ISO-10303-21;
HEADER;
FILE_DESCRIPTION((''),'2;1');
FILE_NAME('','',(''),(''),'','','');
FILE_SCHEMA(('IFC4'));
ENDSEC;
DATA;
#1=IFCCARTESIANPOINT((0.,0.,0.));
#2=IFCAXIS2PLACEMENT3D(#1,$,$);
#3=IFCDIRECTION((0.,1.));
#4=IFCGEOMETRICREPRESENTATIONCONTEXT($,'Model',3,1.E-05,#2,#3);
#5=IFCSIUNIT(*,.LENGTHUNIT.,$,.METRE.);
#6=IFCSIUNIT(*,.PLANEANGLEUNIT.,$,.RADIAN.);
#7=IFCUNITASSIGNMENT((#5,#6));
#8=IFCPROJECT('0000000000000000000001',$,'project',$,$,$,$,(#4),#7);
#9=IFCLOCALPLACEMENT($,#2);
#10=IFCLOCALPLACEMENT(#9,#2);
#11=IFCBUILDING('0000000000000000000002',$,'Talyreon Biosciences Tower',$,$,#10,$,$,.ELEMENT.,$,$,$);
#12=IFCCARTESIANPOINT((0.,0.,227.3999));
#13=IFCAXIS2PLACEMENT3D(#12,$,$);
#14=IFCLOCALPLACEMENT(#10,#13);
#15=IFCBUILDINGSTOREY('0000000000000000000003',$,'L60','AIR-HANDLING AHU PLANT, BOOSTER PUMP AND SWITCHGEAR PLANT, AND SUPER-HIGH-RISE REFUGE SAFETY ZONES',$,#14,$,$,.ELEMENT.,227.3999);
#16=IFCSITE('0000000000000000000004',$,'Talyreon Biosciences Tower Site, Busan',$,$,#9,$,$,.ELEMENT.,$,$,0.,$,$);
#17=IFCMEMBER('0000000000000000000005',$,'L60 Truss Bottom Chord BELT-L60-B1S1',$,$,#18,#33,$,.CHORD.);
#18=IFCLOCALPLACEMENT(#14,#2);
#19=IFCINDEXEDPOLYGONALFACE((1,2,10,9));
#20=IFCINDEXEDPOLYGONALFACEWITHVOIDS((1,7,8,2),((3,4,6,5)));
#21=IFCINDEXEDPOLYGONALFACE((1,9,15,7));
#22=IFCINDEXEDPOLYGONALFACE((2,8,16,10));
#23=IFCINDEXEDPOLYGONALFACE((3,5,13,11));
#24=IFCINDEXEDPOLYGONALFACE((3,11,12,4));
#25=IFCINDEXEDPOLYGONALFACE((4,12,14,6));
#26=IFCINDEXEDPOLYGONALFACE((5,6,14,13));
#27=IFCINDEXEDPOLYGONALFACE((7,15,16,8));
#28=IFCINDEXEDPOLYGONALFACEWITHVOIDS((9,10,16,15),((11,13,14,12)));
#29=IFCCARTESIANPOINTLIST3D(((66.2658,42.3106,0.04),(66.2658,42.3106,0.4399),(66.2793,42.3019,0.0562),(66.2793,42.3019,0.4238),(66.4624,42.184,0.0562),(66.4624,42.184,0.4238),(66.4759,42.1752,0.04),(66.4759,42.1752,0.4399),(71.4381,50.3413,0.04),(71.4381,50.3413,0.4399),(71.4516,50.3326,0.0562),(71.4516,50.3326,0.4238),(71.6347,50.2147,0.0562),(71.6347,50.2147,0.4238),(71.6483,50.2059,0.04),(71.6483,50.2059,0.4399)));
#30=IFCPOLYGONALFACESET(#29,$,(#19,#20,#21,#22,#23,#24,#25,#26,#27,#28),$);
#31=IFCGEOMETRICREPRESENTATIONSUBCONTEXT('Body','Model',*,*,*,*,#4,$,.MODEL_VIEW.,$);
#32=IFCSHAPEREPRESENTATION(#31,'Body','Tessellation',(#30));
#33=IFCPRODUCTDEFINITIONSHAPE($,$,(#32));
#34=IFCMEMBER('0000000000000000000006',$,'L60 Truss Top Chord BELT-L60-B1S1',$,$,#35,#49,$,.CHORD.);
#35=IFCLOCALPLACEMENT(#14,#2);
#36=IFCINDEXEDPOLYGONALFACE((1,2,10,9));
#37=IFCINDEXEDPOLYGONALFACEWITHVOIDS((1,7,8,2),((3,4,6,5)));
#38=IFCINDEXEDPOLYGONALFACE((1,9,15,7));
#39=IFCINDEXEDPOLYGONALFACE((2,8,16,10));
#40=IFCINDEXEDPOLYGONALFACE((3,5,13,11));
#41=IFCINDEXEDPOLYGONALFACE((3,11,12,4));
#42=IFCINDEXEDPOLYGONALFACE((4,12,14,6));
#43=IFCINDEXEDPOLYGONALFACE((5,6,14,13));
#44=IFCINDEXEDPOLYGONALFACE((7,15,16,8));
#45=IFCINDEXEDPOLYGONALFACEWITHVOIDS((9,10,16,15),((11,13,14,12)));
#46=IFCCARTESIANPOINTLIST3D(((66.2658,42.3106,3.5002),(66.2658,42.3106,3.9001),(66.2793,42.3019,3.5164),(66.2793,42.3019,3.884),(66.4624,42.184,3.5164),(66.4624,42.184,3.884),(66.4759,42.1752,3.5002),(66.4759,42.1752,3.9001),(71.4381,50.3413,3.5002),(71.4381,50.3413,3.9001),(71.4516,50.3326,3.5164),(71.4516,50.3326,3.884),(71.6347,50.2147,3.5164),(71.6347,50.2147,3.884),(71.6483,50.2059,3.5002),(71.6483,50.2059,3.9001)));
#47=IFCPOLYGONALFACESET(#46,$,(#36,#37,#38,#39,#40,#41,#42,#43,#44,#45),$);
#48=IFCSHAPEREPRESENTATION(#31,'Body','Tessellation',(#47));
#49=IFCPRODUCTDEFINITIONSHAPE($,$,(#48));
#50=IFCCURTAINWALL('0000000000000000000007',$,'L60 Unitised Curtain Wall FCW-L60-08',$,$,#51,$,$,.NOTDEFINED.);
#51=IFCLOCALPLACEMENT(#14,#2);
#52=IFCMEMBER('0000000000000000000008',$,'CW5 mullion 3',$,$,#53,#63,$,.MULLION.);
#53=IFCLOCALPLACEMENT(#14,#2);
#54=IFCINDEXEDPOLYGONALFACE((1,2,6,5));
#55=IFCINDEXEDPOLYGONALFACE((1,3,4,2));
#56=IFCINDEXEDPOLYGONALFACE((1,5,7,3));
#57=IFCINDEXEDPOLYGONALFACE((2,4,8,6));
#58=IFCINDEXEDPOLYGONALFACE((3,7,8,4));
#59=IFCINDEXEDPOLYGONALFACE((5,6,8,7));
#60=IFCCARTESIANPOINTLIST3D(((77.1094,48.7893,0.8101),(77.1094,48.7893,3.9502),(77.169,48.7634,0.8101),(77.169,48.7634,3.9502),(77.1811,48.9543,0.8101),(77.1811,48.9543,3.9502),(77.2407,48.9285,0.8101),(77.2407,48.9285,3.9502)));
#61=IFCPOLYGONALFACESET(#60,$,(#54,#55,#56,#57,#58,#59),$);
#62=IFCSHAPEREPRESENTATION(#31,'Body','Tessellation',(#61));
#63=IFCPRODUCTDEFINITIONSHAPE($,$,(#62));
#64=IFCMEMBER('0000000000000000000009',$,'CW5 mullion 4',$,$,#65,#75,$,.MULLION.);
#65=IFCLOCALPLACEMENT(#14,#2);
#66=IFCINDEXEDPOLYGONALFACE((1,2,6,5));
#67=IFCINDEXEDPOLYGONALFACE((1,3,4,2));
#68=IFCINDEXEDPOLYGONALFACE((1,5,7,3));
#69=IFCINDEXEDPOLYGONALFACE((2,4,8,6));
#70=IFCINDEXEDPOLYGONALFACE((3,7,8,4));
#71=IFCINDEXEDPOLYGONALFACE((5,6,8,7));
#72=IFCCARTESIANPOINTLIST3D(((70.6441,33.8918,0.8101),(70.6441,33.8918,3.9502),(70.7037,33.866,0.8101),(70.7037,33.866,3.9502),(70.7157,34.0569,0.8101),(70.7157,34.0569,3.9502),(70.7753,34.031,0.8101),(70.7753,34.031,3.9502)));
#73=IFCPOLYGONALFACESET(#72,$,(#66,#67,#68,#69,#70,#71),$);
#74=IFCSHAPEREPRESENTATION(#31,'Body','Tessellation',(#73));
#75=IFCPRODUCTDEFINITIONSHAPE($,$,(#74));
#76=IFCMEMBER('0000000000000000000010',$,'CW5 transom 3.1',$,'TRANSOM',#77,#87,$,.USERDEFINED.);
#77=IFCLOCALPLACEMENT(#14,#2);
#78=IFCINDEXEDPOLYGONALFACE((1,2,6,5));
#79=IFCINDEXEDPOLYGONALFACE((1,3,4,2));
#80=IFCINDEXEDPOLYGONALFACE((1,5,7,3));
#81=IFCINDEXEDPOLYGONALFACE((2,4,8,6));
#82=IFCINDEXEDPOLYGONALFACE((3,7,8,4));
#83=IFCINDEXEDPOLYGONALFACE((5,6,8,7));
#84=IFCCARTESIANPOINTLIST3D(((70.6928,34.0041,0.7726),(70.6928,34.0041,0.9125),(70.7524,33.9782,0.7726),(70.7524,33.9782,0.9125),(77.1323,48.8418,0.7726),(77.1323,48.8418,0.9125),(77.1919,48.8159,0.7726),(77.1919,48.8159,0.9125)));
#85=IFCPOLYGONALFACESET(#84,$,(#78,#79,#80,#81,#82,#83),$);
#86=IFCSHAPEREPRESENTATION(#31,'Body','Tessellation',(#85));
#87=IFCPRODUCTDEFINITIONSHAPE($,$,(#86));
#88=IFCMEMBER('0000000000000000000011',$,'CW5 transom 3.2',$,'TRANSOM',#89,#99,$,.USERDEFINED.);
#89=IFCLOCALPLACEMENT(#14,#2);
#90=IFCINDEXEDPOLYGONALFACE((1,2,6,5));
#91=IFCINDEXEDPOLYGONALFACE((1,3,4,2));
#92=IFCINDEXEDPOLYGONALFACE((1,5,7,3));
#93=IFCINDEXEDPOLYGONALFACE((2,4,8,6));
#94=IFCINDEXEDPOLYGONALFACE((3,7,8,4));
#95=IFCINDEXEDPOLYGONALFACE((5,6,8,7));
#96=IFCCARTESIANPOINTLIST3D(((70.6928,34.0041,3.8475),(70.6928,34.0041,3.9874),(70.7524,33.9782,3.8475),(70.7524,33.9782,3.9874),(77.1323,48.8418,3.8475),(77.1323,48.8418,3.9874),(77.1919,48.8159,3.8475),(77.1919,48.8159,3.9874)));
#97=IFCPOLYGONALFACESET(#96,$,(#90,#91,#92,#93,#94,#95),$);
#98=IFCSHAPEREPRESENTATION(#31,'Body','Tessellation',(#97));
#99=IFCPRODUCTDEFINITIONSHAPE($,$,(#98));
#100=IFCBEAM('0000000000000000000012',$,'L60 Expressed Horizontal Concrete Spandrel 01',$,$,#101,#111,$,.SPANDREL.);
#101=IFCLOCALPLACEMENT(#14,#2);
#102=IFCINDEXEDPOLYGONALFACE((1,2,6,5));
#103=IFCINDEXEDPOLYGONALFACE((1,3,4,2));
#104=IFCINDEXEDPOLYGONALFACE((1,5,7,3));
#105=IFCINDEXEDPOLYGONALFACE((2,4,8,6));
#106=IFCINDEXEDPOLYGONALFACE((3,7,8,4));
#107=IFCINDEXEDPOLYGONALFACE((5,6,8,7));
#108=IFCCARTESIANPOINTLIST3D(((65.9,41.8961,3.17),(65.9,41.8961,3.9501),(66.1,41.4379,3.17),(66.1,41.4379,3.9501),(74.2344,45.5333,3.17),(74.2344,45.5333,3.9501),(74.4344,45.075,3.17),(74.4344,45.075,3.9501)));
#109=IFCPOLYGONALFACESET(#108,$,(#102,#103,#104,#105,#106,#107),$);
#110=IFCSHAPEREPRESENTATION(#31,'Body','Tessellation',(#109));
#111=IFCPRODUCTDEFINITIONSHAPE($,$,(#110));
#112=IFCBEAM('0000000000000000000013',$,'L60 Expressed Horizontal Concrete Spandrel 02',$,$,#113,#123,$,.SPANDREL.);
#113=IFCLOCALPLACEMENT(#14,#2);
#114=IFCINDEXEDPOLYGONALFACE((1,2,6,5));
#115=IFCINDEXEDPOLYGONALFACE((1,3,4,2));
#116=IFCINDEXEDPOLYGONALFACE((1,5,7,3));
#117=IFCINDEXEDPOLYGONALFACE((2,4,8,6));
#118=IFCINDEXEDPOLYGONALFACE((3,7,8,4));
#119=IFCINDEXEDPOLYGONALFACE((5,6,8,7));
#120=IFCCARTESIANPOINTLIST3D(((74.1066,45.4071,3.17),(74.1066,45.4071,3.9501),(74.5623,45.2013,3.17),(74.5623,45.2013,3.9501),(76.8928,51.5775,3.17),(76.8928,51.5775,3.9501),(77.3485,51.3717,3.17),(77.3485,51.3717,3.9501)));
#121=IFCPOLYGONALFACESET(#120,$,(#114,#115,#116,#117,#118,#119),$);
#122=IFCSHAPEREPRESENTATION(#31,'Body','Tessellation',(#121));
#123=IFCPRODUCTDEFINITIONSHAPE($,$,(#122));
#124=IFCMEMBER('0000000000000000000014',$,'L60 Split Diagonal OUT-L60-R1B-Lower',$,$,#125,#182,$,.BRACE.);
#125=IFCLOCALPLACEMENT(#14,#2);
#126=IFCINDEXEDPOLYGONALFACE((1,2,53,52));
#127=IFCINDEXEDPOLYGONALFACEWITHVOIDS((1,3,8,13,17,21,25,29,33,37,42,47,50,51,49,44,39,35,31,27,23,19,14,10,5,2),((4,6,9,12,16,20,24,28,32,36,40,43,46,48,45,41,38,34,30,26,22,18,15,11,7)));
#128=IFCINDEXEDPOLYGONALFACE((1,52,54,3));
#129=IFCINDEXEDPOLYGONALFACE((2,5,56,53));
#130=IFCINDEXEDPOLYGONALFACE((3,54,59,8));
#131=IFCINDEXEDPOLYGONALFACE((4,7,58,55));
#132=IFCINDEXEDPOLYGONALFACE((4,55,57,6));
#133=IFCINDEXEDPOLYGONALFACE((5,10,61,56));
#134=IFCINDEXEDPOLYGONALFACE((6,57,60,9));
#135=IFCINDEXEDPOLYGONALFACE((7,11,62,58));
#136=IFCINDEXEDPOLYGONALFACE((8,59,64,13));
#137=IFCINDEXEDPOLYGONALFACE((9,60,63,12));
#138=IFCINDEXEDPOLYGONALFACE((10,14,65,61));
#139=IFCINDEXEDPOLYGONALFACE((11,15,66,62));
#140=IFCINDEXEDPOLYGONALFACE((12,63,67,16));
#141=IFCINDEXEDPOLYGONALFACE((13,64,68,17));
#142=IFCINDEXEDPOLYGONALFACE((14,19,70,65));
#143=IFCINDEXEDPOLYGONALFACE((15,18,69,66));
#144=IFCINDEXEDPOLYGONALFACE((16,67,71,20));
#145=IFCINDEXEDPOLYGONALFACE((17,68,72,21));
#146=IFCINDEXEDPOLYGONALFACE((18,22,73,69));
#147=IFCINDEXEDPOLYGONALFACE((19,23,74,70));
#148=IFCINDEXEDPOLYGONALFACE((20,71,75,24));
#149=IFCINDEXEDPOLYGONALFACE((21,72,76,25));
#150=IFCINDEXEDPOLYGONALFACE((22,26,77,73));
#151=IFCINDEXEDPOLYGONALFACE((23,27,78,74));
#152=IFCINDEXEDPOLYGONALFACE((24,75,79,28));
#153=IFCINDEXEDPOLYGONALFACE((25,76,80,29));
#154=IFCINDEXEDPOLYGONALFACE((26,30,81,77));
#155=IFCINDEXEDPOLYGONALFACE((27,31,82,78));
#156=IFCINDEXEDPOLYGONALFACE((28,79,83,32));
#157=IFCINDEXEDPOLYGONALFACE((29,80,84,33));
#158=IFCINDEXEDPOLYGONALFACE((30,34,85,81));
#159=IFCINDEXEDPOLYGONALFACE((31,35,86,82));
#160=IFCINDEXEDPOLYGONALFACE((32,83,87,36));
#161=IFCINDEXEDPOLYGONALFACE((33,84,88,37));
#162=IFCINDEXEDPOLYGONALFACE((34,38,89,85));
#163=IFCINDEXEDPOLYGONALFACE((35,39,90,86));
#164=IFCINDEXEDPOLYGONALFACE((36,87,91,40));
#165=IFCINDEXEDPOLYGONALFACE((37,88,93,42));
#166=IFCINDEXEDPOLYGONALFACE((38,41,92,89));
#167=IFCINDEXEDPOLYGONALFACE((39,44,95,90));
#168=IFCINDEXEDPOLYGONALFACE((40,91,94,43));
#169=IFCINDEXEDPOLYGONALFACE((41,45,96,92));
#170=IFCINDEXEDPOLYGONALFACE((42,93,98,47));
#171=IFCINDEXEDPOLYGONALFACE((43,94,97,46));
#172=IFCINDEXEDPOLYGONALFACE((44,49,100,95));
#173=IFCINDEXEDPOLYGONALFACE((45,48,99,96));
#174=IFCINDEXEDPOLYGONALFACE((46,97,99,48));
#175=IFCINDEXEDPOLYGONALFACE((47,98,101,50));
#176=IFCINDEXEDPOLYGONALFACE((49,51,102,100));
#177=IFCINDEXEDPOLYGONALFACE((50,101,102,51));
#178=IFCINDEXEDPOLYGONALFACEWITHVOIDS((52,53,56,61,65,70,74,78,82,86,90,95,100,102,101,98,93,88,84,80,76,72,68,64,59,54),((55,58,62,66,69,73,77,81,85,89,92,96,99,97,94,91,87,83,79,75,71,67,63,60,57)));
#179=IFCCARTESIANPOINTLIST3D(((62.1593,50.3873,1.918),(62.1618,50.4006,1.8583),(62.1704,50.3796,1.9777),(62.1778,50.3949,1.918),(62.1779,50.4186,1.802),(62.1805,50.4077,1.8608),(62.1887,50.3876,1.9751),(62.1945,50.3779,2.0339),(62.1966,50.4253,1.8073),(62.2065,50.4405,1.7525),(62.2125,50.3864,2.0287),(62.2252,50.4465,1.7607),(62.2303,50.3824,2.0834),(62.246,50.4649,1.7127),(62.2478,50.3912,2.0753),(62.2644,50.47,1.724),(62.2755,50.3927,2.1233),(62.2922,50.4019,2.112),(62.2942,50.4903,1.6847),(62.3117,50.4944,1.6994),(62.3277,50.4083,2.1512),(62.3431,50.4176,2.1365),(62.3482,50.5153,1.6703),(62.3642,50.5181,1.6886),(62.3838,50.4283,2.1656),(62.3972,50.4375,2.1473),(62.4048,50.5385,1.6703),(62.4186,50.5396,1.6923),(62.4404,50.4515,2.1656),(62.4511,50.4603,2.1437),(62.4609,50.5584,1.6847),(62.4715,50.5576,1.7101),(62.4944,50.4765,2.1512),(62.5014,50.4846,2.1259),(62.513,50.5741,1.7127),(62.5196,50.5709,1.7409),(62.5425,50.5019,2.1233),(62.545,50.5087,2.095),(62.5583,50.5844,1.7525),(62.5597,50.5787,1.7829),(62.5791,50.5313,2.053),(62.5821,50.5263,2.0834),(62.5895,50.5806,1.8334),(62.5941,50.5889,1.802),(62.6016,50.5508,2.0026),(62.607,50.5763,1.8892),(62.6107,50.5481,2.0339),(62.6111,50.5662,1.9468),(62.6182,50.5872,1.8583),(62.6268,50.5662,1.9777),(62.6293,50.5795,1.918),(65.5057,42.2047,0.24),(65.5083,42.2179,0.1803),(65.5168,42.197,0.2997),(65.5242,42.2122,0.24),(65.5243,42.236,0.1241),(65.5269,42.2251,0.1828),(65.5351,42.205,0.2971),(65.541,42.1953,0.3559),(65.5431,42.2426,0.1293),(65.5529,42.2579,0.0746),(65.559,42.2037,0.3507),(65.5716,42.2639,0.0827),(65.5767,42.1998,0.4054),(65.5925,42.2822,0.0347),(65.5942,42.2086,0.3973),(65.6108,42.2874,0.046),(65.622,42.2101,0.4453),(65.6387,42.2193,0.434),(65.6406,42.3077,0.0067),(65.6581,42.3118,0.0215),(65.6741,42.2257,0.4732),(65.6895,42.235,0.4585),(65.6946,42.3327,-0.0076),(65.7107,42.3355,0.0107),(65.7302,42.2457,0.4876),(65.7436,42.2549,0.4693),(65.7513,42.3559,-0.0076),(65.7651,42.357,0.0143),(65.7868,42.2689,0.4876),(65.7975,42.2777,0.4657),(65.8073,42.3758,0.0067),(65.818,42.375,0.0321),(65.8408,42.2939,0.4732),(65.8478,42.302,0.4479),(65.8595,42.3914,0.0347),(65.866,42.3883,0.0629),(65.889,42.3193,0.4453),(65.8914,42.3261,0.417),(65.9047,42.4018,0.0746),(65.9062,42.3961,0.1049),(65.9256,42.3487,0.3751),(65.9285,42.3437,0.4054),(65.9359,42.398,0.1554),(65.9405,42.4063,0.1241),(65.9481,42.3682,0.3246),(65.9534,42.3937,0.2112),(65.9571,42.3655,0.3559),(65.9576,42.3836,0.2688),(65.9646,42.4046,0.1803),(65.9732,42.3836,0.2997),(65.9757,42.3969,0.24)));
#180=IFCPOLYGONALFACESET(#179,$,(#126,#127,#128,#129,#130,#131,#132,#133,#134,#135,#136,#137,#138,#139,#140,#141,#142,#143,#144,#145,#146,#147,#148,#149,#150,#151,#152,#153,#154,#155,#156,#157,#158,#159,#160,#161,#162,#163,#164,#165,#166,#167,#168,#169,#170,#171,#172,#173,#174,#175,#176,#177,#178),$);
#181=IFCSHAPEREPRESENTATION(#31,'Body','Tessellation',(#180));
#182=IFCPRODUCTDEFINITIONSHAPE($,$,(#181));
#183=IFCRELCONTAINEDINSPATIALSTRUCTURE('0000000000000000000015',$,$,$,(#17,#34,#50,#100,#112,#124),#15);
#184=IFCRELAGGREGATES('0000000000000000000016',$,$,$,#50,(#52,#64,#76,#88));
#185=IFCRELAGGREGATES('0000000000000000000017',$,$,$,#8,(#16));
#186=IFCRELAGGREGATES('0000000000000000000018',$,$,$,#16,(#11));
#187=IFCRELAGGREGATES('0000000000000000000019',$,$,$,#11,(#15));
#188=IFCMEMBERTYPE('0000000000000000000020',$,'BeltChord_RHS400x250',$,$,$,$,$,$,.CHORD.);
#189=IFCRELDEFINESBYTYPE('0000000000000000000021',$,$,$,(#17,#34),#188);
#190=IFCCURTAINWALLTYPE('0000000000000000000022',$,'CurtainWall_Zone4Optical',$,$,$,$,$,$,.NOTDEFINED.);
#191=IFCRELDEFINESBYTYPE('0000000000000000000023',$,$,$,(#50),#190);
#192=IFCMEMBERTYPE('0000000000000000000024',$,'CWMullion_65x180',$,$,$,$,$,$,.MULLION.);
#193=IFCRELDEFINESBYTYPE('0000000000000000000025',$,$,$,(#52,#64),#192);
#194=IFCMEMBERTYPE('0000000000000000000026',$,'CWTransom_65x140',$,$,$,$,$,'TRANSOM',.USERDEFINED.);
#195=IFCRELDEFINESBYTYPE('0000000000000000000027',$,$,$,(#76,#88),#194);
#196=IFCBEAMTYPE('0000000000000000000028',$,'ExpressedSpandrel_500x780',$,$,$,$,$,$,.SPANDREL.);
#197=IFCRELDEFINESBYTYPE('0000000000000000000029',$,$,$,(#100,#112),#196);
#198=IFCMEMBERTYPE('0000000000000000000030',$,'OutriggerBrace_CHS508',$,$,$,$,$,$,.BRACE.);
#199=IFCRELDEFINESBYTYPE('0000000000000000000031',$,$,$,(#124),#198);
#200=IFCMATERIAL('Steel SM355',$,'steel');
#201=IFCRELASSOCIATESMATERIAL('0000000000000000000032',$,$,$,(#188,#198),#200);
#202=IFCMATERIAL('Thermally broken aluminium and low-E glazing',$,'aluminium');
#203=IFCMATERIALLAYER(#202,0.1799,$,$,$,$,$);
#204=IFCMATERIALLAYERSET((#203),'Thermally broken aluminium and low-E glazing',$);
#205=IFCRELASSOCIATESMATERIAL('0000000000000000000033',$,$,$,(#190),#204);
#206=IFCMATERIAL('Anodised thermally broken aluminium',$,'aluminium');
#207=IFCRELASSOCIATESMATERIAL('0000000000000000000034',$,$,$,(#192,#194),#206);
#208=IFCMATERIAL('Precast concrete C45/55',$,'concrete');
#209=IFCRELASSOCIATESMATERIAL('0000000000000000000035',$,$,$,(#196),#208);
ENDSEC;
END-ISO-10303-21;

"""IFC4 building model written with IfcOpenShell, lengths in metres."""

from ifc_helpers import new_model, si_unit, direction, frame, origin, origin_2d, place, context, subcontext, project, spatial, rectangle, hollow_rectangle, hollow_circle, extrude, material, layer, layer_set, material_profile, profile_set, type_object, element, aggregate, save


model = new_model("IFC4")

# Units and contexts
model_context = context("Model", 3, precision=1e-05, world=origin(), true_north=direction((0.0, 1.0)))
body_context = subcontext(model_context, "Body", "Model", "MODEL_VIEW")
ifc_project = project(units=[si_unit("LENGTHUNIT", "METRE"), si_unit("PLANEANGLEUNIT", "RADIAN")], contexts=[model_context])

# Site, building, storey
site_placement = place(None, origin())
site = spatial("IfcSite", under=ifc_project, at=site_placement, Name="Talyreon Biosciences Tower Site, Busan", CompositionType="ELEMENT", RefElevation=0.0)
building_placement = place(site_placement, origin())
building = spatial("IfcBuilding", under=site, at=building_placement, Name="Talyreon Biosciences Tower", CompositionType="ELEMENT")
storey_placement = place(building_placement, frame((0.0, 0.0, 227.3999)))
storey = spatial("IfcBuildingStorey", under=building, at=storey_placement, Name="L60", Description="AIR-HANDLING AHU PLANT, BOOSTER PUMP AND SWITCHGEAR PLANT, AND SUPER-HIGH-RISE REFUGE SAFETY ZONES", CompositionType="ELEMENT", Elevation=227.3999)

# Members
ifc_material_1 = material(Name="Steel SM355", Category="steel")
ifc_material_profile_1 = material_profile(ifc_material_1, hollow_rectangle(XDim=0.25, YDim=0.3999, WallThickness=0.0161, at=origin_2d()), Name="RHS 400x250x16")
ifc_profile_set_1 = profile_set([ifc_material_profile_1], Name="Steel SM355")
member_type_1 = type_object("IfcMemberType", Name="BeltChord_RHS400x250", PredefinedType="CHORD", material=ifc_profile_set_1)
for number, where, z_axis, x_axis, name in (
    (1, (66.3708, 42.2429, 0.24), (0.541478, 0.840715, 0.0), (-0.840715, 0.541478, 0.0), "L60 Truss Bottom Chord BELT-L60-B1S1"),
    (2, (66.3708, 42.2429, 3.7002), (0.541478, 0.840715, 0.0), (-0.840715, 0.541478, 0.0), "L60 Truss Top Chord BELT-L60-B1S1"),
):
    element("IfcMember", number, at=place(storey_placement, frame(where, z_axis=z_axis, x_axis=x_axis)), inside=storey, type_object=member_type_1, Name=name, PredefinedType="CHORD", context=body_context, shape_type="SweptSolid", body=[
        extrude(hollow_rectangle(XDim=0.25, YDim=0.3999, WallThickness=0.0161, at=origin_2d()), origin(), (0.0, 0.0, 1.0), 9.5522),
    ])

# Curtain wall, members
ifc_material_2 = material(Name="Thermally broken aluminium and low-E glazing", Category="aluminium")
ifc_layer_1 = layer(ifc_material_2, 0.1799)
ifc_layer_set_1 = layer_set([ifc_layer_1], Name="Thermally broken aluminium and low-E glazing")
curtain_wall_type = type_object("IfcCurtainWallType", Name="CurtainWall_Zone4Optical", PredefinedType="NOTDEFINED", material=ifc_layer_set_1)
curtain_wall_placement = place(storey_placement, origin())
curtain_wall = element("IfcCurtainWall", 3, at=curtain_wall_placement, inside=storey, type_object=curtain_wall_type, Name="L60 Unitised Curtain Wall FCW-L60-08", PredefinedType="NOTDEFINED")
ifc_material_3 = material(Name="Anodised thermally broken aluminium", Category="aluminium")
ifc_material_profile_2 = material_profile(ifc_material_3, rectangle(XDim=0.0649, YDim=0.1799, at=origin_2d()), Name="ALUM MULLION 65x180")
ifc_profile_set_2 = profile_set([ifc_material_profile_2], Name="Anodised thermally broken aluminium")
member_type_2 = type_object("IfcMemberType", Name="CWMullion_65x180", PredefinedType="MULLION", material=ifc_profile_set_2)
member_1_placement = place(storey_placement, frame((77.175, 48.8589, 0.8101), z_axis=(0.0, 0.0, 1.0), x_axis=(0.917337, -0.398112, 0.0)))
member_1 = element("IfcMember", 4, at=member_1_placement, type_object=member_type_2, Name="CW5 mullion 3", PredefinedType="MULLION", context=body_context, shape_type="SweptSolid", body=[
    extrude(rectangle(XDim=0.0649, YDim=0.1799, at=origin_2d()), origin(), (0.0, 0.0, 1.0), 3.1401),
])
member_2_placement = place(storey_placement, frame((70.7097, 33.9614, 0.8101), z_axis=(0.0, 0.0, 1.0), x_axis=(0.917337, -0.398112, 0.0)))
member_2 = element("IfcMember", 5, at=member_2_placement, type_object=member_type_2, Name="CW5 mullion 4", PredefinedType="MULLION", context=body_context, shape_type="SweptSolid", body=[
    extrude(rectangle(XDim=0.0649, YDim=0.1799, at=origin_2d()), origin(), (0.0, 0.0, 1.0), 3.1401),
])
ifc_material_profile_3 = material_profile(ifc_material_3, rectangle(XDim=0.0649, YDim=0.1399, at=origin_2d()), Name="ALUM TRANSOM 65x140")
ifc_profile_set_3 = profile_set([ifc_material_profile_3], Name="Anodised thermally broken aluminium")
member_type_3 = type_object("IfcMemberType", Name="CWTransom_65x140", ElementType="TRANSOM", PredefinedType="USERDEFINED", material=ifc_profile_set_3)
member_3_placement = place(storey_placement, frame((77.1621, 48.8289, 0.8425), z_axis=(-0.398118, -0.917334, 0.0), x_axis=(0.917334, -0.398118, 0.0)))
member_3 = element("IfcMember", 6, at=member_3_placement, type_object=member_type_3, Name="CW5 transom 3.1", ObjectType="TRANSOM", PredefinedType="USERDEFINED", context=body_context, shape_type="SweptSolid", body=[
    extrude(rectangle(XDim=0.0649, YDim=0.1399, at=origin_2d()), origin(), (0.0, 0.0, 1.0), 16.1748),
])
member_4_placement = place(storey_placement, frame((77.1621, 48.8289, 3.9175), z_axis=(-0.398118, -0.917334, 0.0), x_axis=(0.917334, -0.398118, 0.0)))
member_4 = element("IfcMember", 7, at=member_4_placement, type_object=member_type_3, Name="CW5 transom 3.2", ObjectType="TRANSOM", PredefinedType="USERDEFINED", context=body_context, shape_type="SweptSolid", body=[
    extrude(rectangle(XDim=0.0649, YDim=0.1399, at=origin_2d()), origin(), (0.0, 0.0, 1.0), 16.1748),
])

# Beams
ifc_material_4 = material(Name="Precast concrete C45/55", Category="concrete")
ifc_material_profile_4 = material_profile(ifc_material_4, rectangle(XDim=0.5, YDim=0.78, at=origin_2d()), Name="RCB 500x780")
ifc_profile_set_4 = profile_set([ifc_material_profile_4], Name="Precast concrete C45/55")
beam_type_1 = type_object("IfcBeamType", Name="ExpressedSpandrel_500x780", PredefinedType="SPANDREL", material=ifc_profile_set_4)
beam_1_placement = place(storey_placement, frame((66.0, 41.667, 3.5601), z_axis=(0.916525, 0.399976, 0.0), x_axis=(-0.399976, 0.916525, 0.0)))
element("IfcBeam", 8, at=beam_1_placement, inside=storey, type_object=beam_type_1, Name="L60 Expressed Horizontal Concrete Spandrel 01", PredefinedType="SPANDREL", context=body_context, shape_type="SweptSolid", body=[
    extrude(rectangle(XDim=0.5, YDim=0.78, at=origin_2d()), origin(), (0.0, 0.0, 1.0), 9.0935),
])
beam_2_placement = place(storey_placement, frame((74.3345, 45.3042, 3.5601), z_axis=(0.411525, 0.911399, 0.0), x_axis=(-0.911399, 0.411525, 0.0)))
element("IfcBeam", 9, at=beam_2_placement, inside=storey, type_object=beam_type_1, Name="L60 Expressed Horizontal Concrete Spandrel 02", PredefinedType="SPANDREL", context=body_context, shape_type="SweptSolid", body=[
    extrude(rectangle(XDim=0.5, YDim=0.78, at=origin_2d()), origin(), (0.0, 0.0, 1.0), 6.7703),
])

# Member
ifc_material_profile_5 = material_profile(ifc_material_1, hollow_circle(Radius=0.2539, WallThickness=0.02, at=origin_2d()), Name="CHS 508x20")
ifc_profile_set_5 = profile_set([ifc_material_profile_5], Name="Steel SM355")
member_type_4 = type_object("IfcMemberType", Name="OutriggerBrace_CHS508", PredefinedType="BRACE", material=ifc_profile_set_5)
member_5_placement = place(storey_placement, frame((65.7407, 42.3008, 0.24), z_axis=(-0.371896, 0.909351, 0.186477), x_axis=(-0.925587, -0.378536, 0.0)))
element("IfcMember", 10, at=member_5_placement, inside=storey, type_object=member_type_4, Name="L60 Split Diagonal OUT-L60-R1B-Lower", PredefinedType="BRACE", context=body_context, shape_type="SweptSolid", body=[
    extrude(hollow_circle(Radius=0.2539, WallThickness=0.02, at=origin_2d()), origin(), (0.0, 0.0, 1.0), 8.9983),
])

aggregate(curtain_wall, [member_1, member_2, member_3, member_4])

save(model, "model.ifc")
